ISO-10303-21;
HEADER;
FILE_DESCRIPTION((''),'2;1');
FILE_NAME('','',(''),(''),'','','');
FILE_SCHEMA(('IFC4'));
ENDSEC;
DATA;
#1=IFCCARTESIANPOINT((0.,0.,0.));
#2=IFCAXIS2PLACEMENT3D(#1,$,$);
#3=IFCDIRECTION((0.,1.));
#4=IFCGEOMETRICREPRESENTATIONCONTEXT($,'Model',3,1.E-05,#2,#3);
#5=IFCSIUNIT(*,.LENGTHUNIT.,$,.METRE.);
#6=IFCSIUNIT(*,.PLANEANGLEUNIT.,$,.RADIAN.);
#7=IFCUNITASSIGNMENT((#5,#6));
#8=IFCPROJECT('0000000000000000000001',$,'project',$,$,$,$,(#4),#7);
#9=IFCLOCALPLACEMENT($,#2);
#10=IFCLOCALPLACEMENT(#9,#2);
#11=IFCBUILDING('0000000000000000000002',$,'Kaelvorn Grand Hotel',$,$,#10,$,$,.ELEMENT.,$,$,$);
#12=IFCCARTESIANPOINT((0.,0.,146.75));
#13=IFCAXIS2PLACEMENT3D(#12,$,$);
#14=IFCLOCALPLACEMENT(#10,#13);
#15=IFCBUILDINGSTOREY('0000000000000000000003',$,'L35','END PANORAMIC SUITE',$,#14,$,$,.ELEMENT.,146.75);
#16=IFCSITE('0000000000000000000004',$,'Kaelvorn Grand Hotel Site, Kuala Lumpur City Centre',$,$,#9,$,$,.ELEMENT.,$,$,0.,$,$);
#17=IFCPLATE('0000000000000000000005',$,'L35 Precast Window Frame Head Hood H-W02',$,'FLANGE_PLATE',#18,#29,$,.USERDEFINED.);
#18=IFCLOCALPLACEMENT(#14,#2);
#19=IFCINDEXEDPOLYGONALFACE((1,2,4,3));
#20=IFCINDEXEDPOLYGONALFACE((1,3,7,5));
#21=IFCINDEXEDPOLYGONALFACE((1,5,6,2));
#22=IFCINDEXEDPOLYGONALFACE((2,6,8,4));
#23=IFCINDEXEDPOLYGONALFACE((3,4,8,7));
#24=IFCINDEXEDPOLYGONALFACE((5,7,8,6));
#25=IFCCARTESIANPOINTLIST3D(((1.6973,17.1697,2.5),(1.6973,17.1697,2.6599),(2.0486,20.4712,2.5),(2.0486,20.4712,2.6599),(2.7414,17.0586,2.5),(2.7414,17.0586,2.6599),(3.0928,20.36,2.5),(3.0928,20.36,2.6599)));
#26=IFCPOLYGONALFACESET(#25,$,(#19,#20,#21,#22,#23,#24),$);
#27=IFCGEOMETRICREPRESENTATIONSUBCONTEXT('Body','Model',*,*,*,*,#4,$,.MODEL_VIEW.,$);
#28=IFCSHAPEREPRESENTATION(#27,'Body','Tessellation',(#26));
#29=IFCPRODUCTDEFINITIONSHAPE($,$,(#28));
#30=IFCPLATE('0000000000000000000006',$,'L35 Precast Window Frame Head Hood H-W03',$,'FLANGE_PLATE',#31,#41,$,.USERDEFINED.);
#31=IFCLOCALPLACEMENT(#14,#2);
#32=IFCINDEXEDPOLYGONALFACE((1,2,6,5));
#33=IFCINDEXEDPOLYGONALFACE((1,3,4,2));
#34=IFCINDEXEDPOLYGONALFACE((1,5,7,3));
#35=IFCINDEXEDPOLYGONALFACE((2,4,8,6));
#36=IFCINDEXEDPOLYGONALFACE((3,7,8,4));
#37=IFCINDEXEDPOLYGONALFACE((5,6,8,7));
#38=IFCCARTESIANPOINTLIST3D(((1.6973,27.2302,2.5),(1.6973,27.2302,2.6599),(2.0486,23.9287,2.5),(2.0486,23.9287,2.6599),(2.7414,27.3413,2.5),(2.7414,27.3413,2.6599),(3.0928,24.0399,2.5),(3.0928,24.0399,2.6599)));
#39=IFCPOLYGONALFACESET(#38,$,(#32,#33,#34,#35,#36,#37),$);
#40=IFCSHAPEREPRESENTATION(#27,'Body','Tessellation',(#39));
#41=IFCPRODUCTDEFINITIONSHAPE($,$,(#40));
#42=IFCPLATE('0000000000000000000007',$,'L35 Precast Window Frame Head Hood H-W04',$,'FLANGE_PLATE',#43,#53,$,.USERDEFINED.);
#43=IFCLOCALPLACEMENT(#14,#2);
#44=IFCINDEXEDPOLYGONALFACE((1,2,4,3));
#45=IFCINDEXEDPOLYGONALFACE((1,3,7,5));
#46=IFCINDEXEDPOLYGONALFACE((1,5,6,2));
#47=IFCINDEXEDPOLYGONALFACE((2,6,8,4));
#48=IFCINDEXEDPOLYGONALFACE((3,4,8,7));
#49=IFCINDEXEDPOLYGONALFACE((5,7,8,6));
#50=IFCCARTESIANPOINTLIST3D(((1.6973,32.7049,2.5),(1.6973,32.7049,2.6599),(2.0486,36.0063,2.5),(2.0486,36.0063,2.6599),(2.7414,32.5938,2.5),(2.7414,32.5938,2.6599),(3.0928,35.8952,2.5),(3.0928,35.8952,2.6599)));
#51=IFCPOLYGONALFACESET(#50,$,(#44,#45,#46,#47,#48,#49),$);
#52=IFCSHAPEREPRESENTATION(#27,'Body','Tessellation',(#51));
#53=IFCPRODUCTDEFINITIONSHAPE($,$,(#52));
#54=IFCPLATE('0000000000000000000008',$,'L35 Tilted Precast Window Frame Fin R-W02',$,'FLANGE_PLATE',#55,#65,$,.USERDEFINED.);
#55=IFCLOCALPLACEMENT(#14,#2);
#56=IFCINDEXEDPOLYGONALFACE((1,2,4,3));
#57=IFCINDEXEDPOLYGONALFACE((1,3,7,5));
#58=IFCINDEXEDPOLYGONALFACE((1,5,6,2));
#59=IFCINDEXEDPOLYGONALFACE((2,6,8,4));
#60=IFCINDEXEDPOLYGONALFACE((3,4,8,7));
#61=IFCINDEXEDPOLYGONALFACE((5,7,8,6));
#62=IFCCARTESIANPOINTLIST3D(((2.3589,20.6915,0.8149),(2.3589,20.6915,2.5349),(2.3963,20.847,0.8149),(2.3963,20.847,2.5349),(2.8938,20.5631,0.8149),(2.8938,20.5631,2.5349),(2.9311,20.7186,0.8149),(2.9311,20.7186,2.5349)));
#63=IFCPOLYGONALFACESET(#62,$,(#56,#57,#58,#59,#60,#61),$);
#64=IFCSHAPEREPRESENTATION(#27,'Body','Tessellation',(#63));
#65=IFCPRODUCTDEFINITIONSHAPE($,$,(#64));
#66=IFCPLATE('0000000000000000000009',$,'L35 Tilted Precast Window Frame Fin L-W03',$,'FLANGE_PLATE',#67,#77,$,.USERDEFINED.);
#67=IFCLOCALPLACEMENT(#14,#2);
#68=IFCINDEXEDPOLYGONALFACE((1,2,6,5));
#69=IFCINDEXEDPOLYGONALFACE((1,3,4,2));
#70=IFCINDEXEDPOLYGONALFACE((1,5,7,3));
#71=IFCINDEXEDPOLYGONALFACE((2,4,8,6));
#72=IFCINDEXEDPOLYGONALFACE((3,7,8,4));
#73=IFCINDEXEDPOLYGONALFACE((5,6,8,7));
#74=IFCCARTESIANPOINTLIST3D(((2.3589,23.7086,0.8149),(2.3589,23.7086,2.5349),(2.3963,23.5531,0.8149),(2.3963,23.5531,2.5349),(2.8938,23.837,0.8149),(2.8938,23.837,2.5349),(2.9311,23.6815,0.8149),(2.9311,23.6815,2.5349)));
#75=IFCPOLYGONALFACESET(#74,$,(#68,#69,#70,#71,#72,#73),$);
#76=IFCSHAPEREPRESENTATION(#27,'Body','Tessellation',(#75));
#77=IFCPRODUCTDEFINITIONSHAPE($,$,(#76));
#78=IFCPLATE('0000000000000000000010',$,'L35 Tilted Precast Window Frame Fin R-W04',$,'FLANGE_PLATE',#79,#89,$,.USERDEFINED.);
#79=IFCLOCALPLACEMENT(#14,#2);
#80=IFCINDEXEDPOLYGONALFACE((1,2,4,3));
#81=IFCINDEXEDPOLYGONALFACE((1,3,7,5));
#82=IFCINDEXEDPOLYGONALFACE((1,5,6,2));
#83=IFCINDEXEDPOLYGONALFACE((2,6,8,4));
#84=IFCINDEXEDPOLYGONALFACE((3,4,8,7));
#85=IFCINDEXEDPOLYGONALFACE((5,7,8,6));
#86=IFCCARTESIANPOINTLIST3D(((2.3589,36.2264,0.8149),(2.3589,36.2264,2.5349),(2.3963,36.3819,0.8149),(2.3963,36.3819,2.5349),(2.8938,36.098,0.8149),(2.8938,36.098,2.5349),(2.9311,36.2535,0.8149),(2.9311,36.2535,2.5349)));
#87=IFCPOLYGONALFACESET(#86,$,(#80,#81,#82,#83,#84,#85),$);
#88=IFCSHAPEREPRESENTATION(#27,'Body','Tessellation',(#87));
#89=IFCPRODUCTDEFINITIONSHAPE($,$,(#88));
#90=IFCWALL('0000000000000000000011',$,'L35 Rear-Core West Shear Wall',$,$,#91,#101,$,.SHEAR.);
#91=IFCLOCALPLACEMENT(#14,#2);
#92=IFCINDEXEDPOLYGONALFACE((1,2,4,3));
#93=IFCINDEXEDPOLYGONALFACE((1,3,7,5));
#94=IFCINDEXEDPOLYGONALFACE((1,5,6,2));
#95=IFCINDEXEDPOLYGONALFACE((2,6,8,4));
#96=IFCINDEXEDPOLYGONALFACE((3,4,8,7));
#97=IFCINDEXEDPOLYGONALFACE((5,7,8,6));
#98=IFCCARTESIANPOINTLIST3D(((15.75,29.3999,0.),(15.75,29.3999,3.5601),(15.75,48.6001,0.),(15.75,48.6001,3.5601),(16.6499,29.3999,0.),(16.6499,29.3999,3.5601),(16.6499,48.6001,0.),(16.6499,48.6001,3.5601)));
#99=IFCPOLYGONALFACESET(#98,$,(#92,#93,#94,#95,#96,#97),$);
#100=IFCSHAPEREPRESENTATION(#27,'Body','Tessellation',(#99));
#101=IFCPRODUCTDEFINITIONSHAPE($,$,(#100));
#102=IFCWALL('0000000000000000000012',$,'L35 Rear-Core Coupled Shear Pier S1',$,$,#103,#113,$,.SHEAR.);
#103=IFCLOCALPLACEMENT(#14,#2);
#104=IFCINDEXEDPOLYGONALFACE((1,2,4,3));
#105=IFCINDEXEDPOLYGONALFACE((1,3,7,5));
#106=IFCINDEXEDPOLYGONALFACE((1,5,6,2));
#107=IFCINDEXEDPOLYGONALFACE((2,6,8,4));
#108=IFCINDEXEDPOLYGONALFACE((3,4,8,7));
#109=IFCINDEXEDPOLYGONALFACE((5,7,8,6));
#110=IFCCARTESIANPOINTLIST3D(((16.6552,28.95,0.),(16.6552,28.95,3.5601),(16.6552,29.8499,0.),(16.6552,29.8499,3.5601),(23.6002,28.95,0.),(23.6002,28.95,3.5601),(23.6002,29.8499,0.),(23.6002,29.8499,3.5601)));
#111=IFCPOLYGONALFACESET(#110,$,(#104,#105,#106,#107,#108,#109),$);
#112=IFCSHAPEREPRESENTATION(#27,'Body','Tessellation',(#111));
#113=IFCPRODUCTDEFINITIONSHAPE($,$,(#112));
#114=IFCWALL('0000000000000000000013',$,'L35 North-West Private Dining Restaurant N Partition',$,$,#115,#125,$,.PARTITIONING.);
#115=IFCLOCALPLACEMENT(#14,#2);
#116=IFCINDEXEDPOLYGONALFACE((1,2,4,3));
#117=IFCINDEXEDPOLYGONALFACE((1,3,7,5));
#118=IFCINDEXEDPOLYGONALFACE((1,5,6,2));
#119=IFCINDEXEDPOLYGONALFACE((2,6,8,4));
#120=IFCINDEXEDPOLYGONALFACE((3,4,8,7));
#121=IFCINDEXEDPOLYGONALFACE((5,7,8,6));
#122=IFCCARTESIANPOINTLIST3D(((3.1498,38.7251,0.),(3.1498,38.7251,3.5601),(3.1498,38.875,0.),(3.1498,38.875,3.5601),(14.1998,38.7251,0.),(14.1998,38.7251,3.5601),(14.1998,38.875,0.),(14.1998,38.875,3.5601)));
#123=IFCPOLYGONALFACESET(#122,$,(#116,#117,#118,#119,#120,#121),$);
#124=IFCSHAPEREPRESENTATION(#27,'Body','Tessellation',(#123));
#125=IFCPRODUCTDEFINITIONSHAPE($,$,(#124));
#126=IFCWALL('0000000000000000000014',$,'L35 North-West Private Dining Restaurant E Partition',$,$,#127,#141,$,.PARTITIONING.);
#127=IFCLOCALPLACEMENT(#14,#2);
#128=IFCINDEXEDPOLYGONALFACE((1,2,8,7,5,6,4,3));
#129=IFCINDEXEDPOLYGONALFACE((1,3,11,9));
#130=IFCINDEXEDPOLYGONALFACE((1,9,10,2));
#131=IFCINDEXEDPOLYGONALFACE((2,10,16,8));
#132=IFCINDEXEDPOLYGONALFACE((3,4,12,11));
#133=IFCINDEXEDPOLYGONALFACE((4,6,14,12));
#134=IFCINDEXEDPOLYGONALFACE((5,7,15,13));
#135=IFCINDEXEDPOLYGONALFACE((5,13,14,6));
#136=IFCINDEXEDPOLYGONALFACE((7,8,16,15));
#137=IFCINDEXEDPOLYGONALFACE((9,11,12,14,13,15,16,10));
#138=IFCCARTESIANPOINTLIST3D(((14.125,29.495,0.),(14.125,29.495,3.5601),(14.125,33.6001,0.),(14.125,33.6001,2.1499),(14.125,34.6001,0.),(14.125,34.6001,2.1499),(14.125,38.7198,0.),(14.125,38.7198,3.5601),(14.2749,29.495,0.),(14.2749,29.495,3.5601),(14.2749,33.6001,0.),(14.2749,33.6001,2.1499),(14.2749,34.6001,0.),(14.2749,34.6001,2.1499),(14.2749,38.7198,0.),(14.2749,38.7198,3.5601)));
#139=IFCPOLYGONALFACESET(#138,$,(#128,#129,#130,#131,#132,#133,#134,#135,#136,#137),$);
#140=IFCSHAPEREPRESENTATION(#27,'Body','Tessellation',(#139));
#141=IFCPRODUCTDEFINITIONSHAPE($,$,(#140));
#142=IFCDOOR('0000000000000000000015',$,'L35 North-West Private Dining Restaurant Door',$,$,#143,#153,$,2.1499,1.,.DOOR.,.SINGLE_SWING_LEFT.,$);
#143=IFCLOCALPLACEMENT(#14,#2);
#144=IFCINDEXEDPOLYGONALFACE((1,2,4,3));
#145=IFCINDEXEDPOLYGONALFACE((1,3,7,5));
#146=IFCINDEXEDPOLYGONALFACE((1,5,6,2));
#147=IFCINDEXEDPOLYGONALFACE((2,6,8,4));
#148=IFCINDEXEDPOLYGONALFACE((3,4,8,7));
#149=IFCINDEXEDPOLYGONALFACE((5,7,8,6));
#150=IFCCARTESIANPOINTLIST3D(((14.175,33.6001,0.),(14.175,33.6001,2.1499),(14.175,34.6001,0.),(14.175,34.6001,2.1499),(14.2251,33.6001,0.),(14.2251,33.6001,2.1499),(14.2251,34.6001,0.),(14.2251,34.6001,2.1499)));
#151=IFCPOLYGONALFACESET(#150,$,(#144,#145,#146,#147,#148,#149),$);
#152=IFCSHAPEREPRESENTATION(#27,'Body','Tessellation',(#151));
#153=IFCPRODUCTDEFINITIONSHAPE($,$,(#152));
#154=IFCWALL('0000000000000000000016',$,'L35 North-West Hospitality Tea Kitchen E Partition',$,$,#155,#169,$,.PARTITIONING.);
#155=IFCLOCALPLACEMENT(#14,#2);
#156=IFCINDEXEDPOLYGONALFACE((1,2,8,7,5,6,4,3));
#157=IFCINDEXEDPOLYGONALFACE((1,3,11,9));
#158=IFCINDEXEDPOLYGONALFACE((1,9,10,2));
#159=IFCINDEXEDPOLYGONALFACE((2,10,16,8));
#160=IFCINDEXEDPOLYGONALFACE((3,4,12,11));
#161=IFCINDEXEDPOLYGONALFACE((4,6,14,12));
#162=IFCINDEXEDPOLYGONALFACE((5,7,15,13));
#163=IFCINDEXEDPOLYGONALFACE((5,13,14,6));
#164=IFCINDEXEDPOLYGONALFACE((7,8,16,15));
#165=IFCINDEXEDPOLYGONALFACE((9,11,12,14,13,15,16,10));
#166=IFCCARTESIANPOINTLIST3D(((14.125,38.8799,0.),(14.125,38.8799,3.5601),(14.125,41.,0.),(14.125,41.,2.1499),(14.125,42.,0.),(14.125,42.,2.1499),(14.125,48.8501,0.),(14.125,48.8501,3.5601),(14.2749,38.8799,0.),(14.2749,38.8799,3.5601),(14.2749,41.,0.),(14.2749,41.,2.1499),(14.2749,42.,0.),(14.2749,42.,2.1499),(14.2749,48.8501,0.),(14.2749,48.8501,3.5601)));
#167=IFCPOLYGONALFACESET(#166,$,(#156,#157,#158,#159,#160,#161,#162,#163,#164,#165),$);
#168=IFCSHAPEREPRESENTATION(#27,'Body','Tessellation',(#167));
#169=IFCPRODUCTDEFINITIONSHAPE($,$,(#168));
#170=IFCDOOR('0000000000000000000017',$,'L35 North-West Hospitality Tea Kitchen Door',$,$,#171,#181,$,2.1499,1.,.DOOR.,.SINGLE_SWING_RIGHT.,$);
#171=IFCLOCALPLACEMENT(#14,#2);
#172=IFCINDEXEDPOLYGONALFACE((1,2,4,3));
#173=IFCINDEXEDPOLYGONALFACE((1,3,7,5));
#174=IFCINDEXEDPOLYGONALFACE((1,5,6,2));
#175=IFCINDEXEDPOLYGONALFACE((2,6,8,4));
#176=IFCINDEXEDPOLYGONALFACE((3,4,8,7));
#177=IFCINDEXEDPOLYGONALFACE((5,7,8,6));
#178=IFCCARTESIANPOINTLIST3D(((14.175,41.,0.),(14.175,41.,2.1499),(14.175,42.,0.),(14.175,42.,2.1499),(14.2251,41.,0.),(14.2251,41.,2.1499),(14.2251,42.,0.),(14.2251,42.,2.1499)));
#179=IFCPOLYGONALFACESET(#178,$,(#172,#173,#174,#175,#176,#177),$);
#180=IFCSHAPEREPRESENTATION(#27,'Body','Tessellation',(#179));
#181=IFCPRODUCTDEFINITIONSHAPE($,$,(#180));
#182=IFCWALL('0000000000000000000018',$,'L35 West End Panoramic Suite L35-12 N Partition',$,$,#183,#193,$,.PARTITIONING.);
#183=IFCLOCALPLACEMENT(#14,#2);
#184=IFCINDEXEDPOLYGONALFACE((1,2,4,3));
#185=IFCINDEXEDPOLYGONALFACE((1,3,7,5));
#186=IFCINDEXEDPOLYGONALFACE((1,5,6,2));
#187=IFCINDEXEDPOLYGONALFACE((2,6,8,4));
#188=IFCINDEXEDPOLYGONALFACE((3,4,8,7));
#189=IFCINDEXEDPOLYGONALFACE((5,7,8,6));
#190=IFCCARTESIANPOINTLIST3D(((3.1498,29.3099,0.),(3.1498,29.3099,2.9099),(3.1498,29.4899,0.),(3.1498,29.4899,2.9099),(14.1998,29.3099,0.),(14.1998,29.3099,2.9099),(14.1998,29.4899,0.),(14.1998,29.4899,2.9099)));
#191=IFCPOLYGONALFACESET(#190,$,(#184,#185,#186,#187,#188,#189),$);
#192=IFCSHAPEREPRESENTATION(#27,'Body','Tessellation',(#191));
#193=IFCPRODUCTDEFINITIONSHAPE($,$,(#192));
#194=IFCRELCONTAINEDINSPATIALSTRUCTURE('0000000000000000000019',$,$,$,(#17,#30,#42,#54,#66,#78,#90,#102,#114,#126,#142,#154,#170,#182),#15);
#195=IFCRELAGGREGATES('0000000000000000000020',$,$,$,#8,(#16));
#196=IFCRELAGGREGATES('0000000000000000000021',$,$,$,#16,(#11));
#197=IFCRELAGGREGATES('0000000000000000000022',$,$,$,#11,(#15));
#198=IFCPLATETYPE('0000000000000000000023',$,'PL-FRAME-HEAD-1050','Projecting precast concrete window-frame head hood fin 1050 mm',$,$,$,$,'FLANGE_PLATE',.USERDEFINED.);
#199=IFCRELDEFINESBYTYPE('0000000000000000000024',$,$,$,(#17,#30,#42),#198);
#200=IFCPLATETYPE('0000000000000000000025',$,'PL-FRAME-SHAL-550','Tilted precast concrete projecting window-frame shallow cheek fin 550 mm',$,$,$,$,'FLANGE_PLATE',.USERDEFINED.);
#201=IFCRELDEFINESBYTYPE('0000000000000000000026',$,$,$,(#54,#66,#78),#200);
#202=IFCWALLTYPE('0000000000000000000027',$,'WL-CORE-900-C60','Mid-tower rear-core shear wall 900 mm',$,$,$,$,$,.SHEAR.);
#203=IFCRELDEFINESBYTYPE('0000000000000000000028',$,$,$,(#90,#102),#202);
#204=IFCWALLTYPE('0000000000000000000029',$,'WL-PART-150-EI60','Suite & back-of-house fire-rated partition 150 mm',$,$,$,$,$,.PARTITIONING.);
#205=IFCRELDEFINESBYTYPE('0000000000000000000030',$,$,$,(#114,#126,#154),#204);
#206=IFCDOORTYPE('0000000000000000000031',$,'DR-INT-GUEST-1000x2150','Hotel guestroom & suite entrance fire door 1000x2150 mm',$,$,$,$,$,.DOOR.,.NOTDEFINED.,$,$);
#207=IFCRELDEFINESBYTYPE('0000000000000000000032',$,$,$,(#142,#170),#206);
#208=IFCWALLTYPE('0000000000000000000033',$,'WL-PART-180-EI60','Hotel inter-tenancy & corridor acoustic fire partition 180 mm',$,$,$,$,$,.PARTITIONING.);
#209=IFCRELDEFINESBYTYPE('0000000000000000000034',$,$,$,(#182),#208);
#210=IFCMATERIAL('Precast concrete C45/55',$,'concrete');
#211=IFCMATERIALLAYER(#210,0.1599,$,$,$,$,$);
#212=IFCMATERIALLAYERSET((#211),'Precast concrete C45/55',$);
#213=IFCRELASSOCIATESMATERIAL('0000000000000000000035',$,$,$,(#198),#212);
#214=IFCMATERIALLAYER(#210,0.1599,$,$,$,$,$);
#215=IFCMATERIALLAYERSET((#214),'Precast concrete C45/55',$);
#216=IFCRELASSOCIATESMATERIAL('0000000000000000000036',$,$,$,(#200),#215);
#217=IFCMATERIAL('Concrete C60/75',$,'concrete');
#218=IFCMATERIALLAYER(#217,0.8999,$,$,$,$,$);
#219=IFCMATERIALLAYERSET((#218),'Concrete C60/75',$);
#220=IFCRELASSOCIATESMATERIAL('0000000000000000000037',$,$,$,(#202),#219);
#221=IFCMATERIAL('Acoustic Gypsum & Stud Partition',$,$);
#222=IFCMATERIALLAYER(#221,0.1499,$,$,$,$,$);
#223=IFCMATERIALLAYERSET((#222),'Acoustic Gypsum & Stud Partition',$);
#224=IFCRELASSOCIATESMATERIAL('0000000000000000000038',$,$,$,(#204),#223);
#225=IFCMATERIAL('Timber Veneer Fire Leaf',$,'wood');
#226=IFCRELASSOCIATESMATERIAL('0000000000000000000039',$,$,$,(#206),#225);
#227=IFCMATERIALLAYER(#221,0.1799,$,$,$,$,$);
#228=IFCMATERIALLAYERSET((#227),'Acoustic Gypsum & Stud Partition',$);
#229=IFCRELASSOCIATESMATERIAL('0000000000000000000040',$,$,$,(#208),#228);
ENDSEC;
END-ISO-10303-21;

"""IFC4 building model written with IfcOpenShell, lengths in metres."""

from ifc_helpers import new_model, si_unit, direction, frame, frame_2d, origin, origin_2d, place, context, subcontext, project, spatial, rectangle, extrude, material, layer, layer_set, type_object, element, fill, save


model = new_model("IFC4")

# Units and contexts
model_context = context("Model", 3, precision=1e-05, world=origin(), true_north=direction((0.0, 1.0)))
body_context = subcontext(model_context, "Body", "Model", "MODEL_VIEW")
ifc_project = project(units=[si_unit("LENGTHUNIT", "METRE"), si_unit("PLANEANGLEUNIT", "RADIAN")], contexts=[model_context])

# Site, building, storey
site_placement = place(None, origin())
site = spatial("IfcSite", under=ifc_project, at=site_placement, Name="Kaelvorn Grand Hotel Site, Kuala Lumpur City Centre", CompositionType="ELEMENT", RefElevation=0.0)
building_placement = place(site_placement, origin())
building = spatial("IfcBuilding", under=site, at=building_placement, Name="Kaelvorn Grand Hotel", CompositionType="ELEMENT")
storey_placement = place(building_placement, frame((0.0, 0.0, 146.75)))
storey = spatial("IfcBuildingStorey", under=building, at=storey_placement, Name="L35", Description="END PANORAMIC SUITE", CompositionType="ELEMENT", Elevation=146.75)

# Shared definitions
ifc_material_1 = material(Name="Concrete C60/75", Category="concrete")

# Plates
ifc_material_2 = material(Name="Precast concrete C45/55", Category="concrete")
ifc_layer_1 = layer(ifc_material_2, 0.1599)
ifc_layer_set_1 = layer_set([ifc_layer_1], Name="Precast concrete C45/55")
plate_type_1 = type_object("IfcPlateType", Name="PL-FRAME-HEAD-1050", Description="Projecting precast concrete window-frame head hood fin 1050 mm", ElementType="FLANGE_PLATE", PredefinedType="USERDEFINED", material=ifc_layer_set_1)
for number, where, z_axis, x_axis, name in (
    (1, (2.395, 18.7649, 2.5), (0.0, 0.0, 1.0), (0.10583, 0.994384, 0.0), "L35 Precast Window Frame Head Hood H-W02"),
    (2, (2.395, 25.635, 2.5), (0.0, 0.0, 1.0), (-0.10583, 0.994384, 0.0), "L35 Precast Window Frame Head Hood H-W03"),
    (3, (2.395, 34.3, 2.5), (0.0, 0.0, 1.0), (0.10583, 0.994384, 0.0), "L35 Precast Window Frame Head Hood H-W04"),
):
    element("IfcPlate", number, at=place(storey_placement, frame(where, z_axis=z_axis, x_axis=x_axis)), inside=storey, type_object=plate_type_1, Name=name, ObjectType="FLANGE_PLATE", PredefinedType="USERDEFINED", context=body_context, shape_type="SweptSolid", body=[
        extrude(rectangle(XDim=3.3201, YDim=1.05, at=origin_2d()), origin(), (0.0, 0.0, 1.0), 0.1599),
    ])
ifc_layer_2 = layer(ifc_material_2, 0.1599)
ifc_layer_set_2 = layer_set([ifc_layer_2], Name="Precast concrete C45/55")
plate_type_2 = type_object("IfcPlateType", Name="PL-FRAME-SHAL-550", Description="Tilted precast concrete projecting window-frame shallow cheek fin 550 mm", ElementType="FLANGE_PLATE", PredefinedType="USERDEFINED", material=ifc_layer_set_2)
for number, where, z_axis, x_axis, name in (
    (4, (2.645, 20.7051, 0.8149), (0.0, 0.0, 1.0), (0.233445, 0.97237, 0.0), "L35 Tilted Precast Window Frame Fin R-W02"),
    (5, (2.645, 23.6951, 0.8149), (0.0, 0.0, 1.0), (-0.233445, 0.97237, 0.0), "L35 Tilted Precast Window Frame Fin L-W03"),
    (6, (2.645, 36.24, 0.8149), (0.0, 0.0, 1.0), (0.233445, 0.97237, 0.0), "L35 Tilted Precast Window Frame Fin R-W04"),
):
    element("IfcPlate", number, at=place(storey_placement, frame(where, z_axis=z_axis, x_axis=x_axis)), inside=storey, type_object=plate_type_2, Name=name, ObjectType="FLANGE_PLATE", PredefinedType="USERDEFINED", context=body_context, shape_type="SweptSolid", body=[
        extrude(rectangle(XDim=0.1599, YDim=0.55, at=origin_2d()), origin(), (0.0, 0.0, 1.0), 1.72),
    ])

# Walls
ifc_layer_3 = layer(ifc_material_1, 0.8999)
ifc_layer_set_3 = layer_set([ifc_layer_3], Name="Concrete C60/75")
wall_type_1 = type_object("IfcWallType", Name="WL-CORE-900-C60", Description="Mid-tower rear-core shear wall 900 mm", PredefinedType="SHEAR", material=ifc_layer_set_3)
wall_1_placement = place(storey_placement, frame((16.2, 29.3999, 0.0), z_axis=(0.0, 0.0, 1.0), x_axis=(0.0, 1.0, 0.0)))
element("IfcWall", 7, at=wall_1_placement, inside=storey, type_object=wall_type_1, Name="L35 Rear-Core West Shear Wall", PredefinedType="SHEAR", context=body_context, shape_type="SweptSolid", body=[
    extrude(rectangle(XDim=19.2002, YDim=0.8999, at=frame_2d((9.6001, 0.0))), origin(), (0.0, 0.0, 1.0), 3.5601),
])
wall_2_placement = place(storey_placement, frame((16.655, 29.3999, 0.0), z_axis=(0.0, 0.0, 1.0), x_axis=(1.0, 0.0, 0.0)))
element("IfcWall", 8, at=wall_2_placement, inside=storey, type_object=wall_type_1, Name="L35 Rear-Core Coupled Shear Pier S1", PredefinedType="SHEAR", context=body_context, shape_type="SweptSolid", body=[
    extrude(rectangle(XDim=6.9451, YDim=0.8999, at=frame_2d((3.4727, 0.0))), origin(), (0.0, 0.0, 1.0), 3.5601),
])
ifc_material_3 = material(Name="Acoustic Gypsum & Stud Partition")
ifc_layer_4 = layer(ifc_material_3, 0.1499)
ifc_layer_set_4 = layer_set([ifc_layer_4], Name="Acoustic Gypsum & Stud Partition")
wall_type_2 = type_object("IfcWallType", Name="WL-PART-150-EI60", Description="Suite & back-of-house fire-rated partition 150 mm", PredefinedType="PARTITIONING", material=ifc_layer_set_4)
wall_3_placement = place(storey_placement, frame((3.1499, 38.8, 0.0), z_axis=(0.0, 0.0, 1.0), x_axis=(1.0, 0.0, 0.0)))
element("IfcWall", 9, at=wall_3_placement, inside=storey, type_object=wall_type_2, Name="L35 North-West Private Dining Restaurant N Partition", PredefinedType="PARTITIONING", context=body_context, shape_type="SweptSolid", body=[
    extrude(rectangle(XDim=11.05, YDim=0.1499, at=frame_2d((5.5249, 0.0))), origin(), (0.0, 0.0, 1.0), 3.5601),
])

# Walls, openings, doors
wall_4_placement = place(storey_placement, frame((14.2, 29.4951, 0.0), z_axis=(0.0, 0.0, 1.0), x_axis=(0.0, 1.0, 0.0)))
wall_4 = element("IfcWall", 10, at=wall_4_placement, inside=storey, type_object=wall_type_2, Name="L35 North-West Private Dining Restaurant E Partition", PredefinedType="PARTITIONING", context=body_context, shape_type="SweptSolid", body=[
    extrude(rectangle(XDim=9.2249, YDim=0.1499, at=frame_2d((4.6123, 0.0))), origin(), (0.0, 0.0, 1.0), 3.5601),
])
opening_1_placement = place(wall_4_placement, frame((4.105, 0.0, 0.0)))
opening_1 = element("IfcOpeningElement", 11, at=opening_1_placement, cuts=wall_4, PredefinedType="OPENING", context=body_context, shape_type="SweptSolid", body=[
    extrude(rectangle(XDim=1.0, YDim=2.1499, at=frame_2d((0.5, 1.075))), frame((0.0, 0.085, 0.0), z_axis=(0.0, -1.0, 0.0), x_axis=(1.0, 0.0, 0.0)), (0.0, 0.0, 1.0), 0.1699),
])
ifc_material_4 = material(Name="Timber Veneer Fire Leaf", Category="wood")
door_type_1 = type_object("IfcDoorType", Name="DR-INT-GUEST-1000x2150", Description="Hotel guestroom & suite entrance fire door 1000x2150 mm", OperationType="NOTDEFINED", PredefinedType="DOOR", material=ifc_material_4)
door_1_placement = place(opening_1_placement, origin())
door_1 = element("IfcDoor", 12, at=door_1_placement, inside=storey, type_object=door_type_1, Name="L35 North-West Private Dining Restaurant Door", OperationType="SINGLE_SWING_LEFT", OverallHeight=2.1499, OverallWidth=1.0, PredefinedType="DOOR", context=body_context, shape_type="SweptSolid", body=[
    extrude(rectangle(XDim=1.0, YDim=2.1499, at=frame_2d((0.5, 1.075))), frame((0.0, 0.0249, 0.0), z_axis=(0.0, -1.0, 0.0), x_axis=(1.0, 0.0, 0.0)), (0.0, 0.0, 1.0), 0.05),
])
fill(opening_1, door_1)
wall_5_placement = place(storey_placement, frame((14.2, 38.8799, 0.0), z_axis=(0.0, 0.0, 1.0), x_axis=(0.0, 1.0, 0.0)))
wall_5 = element("IfcWall", 13, at=wall_5_placement, inside=storey, type_object=wall_type_2, Name="L35 North-West Hospitality Tea Kitchen E Partition", PredefinedType="PARTITIONING", context=body_context, shape_type="SweptSolid", body=[
    extrude(rectangle(XDim=9.9702, YDim=0.1499, at=frame_2d((4.9851, 0.0))), origin(), (0.0, 0.0, 1.0), 3.5601),
])
opening_2_placement = place(wall_5_placement, frame((2.1201, 0.0, 0.0)))
opening_2 = element("IfcOpeningElement", 14, at=opening_2_placement, cuts=wall_5, PredefinedType="OPENING", context=body_context, shape_type="SweptSolid", body=[
    extrude(rectangle(XDim=1.0, YDim=2.1499, at=frame_2d((0.5, 1.075))), frame((0.0, 0.085, 0.0), z_axis=(0.0, -1.0, 0.0), x_axis=(1.0, 0.0, 0.0)), (0.0, 0.0, 1.0), 0.1699),
])
door_2_placement = place(opening_2_placement, origin())
door_2 = element("IfcDoor", 15, at=door_2_placement, inside=storey, type_object=door_type_1, Name="L35 North-West Hospitality Tea Kitchen Door", OperationType="SINGLE_SWING_RIGHT", OverallHeight=2.1499, OverallWidth=1.0, PredefinedType="DOOR", context=body_context, shape_type="SweptSolid", body=[
    extrude(rectangle(XDim=1.0, YDim=2.1499, at=frame_2d((0.5, 1.075))), frame((0.0, 0.0249, 0.0), z_axis=(0.0, -1.0, 0.0), x_axis=(1.0, 0.0, 0.0)), (0.0, 0.0, 1.0), 0.05),
])
fill(opening_2, door_2)

# Wall
ifc_layer_5 = layer(ifc_material_3, 0.1799)
ifc_layer_set_5 = layer_set([ifc_layer_5], Name="Acoustic Gypsum & Stud Partition")
wall_type_3 = type_object("IfcWallType", Name="WL-PART-180-EI60", Description="Hotel inter-tenancy & corridor acoustic fire partition 180 mm", PredefinedType="PARTITIONING", material=ifc_layer_set_5)
wall_6_placement = place(storey_placement, frame((3.1499, 29.3999, 0.0), z_axis=(0.0, 0.0, 1.0), x_axis=(1.0, 0.0, 0.0)))
element("IfcWall", 16, at=wall_6_placement, inside=storey, type_object=wall_type_3, Name="L35 West End Panoramic Suite L35-12 N Partition", PredefinedType="PARTITIONING", context=body_context, shape_type="SweptSolid", body=[
    extrude(rectangle(XDim=11.05, YDim=0.1799, at=frame_2d((5.5249, 0.0))), origin(), (0.0, 0.0, 1.0), 2.9099),
])

save(model, "model.ifc")
